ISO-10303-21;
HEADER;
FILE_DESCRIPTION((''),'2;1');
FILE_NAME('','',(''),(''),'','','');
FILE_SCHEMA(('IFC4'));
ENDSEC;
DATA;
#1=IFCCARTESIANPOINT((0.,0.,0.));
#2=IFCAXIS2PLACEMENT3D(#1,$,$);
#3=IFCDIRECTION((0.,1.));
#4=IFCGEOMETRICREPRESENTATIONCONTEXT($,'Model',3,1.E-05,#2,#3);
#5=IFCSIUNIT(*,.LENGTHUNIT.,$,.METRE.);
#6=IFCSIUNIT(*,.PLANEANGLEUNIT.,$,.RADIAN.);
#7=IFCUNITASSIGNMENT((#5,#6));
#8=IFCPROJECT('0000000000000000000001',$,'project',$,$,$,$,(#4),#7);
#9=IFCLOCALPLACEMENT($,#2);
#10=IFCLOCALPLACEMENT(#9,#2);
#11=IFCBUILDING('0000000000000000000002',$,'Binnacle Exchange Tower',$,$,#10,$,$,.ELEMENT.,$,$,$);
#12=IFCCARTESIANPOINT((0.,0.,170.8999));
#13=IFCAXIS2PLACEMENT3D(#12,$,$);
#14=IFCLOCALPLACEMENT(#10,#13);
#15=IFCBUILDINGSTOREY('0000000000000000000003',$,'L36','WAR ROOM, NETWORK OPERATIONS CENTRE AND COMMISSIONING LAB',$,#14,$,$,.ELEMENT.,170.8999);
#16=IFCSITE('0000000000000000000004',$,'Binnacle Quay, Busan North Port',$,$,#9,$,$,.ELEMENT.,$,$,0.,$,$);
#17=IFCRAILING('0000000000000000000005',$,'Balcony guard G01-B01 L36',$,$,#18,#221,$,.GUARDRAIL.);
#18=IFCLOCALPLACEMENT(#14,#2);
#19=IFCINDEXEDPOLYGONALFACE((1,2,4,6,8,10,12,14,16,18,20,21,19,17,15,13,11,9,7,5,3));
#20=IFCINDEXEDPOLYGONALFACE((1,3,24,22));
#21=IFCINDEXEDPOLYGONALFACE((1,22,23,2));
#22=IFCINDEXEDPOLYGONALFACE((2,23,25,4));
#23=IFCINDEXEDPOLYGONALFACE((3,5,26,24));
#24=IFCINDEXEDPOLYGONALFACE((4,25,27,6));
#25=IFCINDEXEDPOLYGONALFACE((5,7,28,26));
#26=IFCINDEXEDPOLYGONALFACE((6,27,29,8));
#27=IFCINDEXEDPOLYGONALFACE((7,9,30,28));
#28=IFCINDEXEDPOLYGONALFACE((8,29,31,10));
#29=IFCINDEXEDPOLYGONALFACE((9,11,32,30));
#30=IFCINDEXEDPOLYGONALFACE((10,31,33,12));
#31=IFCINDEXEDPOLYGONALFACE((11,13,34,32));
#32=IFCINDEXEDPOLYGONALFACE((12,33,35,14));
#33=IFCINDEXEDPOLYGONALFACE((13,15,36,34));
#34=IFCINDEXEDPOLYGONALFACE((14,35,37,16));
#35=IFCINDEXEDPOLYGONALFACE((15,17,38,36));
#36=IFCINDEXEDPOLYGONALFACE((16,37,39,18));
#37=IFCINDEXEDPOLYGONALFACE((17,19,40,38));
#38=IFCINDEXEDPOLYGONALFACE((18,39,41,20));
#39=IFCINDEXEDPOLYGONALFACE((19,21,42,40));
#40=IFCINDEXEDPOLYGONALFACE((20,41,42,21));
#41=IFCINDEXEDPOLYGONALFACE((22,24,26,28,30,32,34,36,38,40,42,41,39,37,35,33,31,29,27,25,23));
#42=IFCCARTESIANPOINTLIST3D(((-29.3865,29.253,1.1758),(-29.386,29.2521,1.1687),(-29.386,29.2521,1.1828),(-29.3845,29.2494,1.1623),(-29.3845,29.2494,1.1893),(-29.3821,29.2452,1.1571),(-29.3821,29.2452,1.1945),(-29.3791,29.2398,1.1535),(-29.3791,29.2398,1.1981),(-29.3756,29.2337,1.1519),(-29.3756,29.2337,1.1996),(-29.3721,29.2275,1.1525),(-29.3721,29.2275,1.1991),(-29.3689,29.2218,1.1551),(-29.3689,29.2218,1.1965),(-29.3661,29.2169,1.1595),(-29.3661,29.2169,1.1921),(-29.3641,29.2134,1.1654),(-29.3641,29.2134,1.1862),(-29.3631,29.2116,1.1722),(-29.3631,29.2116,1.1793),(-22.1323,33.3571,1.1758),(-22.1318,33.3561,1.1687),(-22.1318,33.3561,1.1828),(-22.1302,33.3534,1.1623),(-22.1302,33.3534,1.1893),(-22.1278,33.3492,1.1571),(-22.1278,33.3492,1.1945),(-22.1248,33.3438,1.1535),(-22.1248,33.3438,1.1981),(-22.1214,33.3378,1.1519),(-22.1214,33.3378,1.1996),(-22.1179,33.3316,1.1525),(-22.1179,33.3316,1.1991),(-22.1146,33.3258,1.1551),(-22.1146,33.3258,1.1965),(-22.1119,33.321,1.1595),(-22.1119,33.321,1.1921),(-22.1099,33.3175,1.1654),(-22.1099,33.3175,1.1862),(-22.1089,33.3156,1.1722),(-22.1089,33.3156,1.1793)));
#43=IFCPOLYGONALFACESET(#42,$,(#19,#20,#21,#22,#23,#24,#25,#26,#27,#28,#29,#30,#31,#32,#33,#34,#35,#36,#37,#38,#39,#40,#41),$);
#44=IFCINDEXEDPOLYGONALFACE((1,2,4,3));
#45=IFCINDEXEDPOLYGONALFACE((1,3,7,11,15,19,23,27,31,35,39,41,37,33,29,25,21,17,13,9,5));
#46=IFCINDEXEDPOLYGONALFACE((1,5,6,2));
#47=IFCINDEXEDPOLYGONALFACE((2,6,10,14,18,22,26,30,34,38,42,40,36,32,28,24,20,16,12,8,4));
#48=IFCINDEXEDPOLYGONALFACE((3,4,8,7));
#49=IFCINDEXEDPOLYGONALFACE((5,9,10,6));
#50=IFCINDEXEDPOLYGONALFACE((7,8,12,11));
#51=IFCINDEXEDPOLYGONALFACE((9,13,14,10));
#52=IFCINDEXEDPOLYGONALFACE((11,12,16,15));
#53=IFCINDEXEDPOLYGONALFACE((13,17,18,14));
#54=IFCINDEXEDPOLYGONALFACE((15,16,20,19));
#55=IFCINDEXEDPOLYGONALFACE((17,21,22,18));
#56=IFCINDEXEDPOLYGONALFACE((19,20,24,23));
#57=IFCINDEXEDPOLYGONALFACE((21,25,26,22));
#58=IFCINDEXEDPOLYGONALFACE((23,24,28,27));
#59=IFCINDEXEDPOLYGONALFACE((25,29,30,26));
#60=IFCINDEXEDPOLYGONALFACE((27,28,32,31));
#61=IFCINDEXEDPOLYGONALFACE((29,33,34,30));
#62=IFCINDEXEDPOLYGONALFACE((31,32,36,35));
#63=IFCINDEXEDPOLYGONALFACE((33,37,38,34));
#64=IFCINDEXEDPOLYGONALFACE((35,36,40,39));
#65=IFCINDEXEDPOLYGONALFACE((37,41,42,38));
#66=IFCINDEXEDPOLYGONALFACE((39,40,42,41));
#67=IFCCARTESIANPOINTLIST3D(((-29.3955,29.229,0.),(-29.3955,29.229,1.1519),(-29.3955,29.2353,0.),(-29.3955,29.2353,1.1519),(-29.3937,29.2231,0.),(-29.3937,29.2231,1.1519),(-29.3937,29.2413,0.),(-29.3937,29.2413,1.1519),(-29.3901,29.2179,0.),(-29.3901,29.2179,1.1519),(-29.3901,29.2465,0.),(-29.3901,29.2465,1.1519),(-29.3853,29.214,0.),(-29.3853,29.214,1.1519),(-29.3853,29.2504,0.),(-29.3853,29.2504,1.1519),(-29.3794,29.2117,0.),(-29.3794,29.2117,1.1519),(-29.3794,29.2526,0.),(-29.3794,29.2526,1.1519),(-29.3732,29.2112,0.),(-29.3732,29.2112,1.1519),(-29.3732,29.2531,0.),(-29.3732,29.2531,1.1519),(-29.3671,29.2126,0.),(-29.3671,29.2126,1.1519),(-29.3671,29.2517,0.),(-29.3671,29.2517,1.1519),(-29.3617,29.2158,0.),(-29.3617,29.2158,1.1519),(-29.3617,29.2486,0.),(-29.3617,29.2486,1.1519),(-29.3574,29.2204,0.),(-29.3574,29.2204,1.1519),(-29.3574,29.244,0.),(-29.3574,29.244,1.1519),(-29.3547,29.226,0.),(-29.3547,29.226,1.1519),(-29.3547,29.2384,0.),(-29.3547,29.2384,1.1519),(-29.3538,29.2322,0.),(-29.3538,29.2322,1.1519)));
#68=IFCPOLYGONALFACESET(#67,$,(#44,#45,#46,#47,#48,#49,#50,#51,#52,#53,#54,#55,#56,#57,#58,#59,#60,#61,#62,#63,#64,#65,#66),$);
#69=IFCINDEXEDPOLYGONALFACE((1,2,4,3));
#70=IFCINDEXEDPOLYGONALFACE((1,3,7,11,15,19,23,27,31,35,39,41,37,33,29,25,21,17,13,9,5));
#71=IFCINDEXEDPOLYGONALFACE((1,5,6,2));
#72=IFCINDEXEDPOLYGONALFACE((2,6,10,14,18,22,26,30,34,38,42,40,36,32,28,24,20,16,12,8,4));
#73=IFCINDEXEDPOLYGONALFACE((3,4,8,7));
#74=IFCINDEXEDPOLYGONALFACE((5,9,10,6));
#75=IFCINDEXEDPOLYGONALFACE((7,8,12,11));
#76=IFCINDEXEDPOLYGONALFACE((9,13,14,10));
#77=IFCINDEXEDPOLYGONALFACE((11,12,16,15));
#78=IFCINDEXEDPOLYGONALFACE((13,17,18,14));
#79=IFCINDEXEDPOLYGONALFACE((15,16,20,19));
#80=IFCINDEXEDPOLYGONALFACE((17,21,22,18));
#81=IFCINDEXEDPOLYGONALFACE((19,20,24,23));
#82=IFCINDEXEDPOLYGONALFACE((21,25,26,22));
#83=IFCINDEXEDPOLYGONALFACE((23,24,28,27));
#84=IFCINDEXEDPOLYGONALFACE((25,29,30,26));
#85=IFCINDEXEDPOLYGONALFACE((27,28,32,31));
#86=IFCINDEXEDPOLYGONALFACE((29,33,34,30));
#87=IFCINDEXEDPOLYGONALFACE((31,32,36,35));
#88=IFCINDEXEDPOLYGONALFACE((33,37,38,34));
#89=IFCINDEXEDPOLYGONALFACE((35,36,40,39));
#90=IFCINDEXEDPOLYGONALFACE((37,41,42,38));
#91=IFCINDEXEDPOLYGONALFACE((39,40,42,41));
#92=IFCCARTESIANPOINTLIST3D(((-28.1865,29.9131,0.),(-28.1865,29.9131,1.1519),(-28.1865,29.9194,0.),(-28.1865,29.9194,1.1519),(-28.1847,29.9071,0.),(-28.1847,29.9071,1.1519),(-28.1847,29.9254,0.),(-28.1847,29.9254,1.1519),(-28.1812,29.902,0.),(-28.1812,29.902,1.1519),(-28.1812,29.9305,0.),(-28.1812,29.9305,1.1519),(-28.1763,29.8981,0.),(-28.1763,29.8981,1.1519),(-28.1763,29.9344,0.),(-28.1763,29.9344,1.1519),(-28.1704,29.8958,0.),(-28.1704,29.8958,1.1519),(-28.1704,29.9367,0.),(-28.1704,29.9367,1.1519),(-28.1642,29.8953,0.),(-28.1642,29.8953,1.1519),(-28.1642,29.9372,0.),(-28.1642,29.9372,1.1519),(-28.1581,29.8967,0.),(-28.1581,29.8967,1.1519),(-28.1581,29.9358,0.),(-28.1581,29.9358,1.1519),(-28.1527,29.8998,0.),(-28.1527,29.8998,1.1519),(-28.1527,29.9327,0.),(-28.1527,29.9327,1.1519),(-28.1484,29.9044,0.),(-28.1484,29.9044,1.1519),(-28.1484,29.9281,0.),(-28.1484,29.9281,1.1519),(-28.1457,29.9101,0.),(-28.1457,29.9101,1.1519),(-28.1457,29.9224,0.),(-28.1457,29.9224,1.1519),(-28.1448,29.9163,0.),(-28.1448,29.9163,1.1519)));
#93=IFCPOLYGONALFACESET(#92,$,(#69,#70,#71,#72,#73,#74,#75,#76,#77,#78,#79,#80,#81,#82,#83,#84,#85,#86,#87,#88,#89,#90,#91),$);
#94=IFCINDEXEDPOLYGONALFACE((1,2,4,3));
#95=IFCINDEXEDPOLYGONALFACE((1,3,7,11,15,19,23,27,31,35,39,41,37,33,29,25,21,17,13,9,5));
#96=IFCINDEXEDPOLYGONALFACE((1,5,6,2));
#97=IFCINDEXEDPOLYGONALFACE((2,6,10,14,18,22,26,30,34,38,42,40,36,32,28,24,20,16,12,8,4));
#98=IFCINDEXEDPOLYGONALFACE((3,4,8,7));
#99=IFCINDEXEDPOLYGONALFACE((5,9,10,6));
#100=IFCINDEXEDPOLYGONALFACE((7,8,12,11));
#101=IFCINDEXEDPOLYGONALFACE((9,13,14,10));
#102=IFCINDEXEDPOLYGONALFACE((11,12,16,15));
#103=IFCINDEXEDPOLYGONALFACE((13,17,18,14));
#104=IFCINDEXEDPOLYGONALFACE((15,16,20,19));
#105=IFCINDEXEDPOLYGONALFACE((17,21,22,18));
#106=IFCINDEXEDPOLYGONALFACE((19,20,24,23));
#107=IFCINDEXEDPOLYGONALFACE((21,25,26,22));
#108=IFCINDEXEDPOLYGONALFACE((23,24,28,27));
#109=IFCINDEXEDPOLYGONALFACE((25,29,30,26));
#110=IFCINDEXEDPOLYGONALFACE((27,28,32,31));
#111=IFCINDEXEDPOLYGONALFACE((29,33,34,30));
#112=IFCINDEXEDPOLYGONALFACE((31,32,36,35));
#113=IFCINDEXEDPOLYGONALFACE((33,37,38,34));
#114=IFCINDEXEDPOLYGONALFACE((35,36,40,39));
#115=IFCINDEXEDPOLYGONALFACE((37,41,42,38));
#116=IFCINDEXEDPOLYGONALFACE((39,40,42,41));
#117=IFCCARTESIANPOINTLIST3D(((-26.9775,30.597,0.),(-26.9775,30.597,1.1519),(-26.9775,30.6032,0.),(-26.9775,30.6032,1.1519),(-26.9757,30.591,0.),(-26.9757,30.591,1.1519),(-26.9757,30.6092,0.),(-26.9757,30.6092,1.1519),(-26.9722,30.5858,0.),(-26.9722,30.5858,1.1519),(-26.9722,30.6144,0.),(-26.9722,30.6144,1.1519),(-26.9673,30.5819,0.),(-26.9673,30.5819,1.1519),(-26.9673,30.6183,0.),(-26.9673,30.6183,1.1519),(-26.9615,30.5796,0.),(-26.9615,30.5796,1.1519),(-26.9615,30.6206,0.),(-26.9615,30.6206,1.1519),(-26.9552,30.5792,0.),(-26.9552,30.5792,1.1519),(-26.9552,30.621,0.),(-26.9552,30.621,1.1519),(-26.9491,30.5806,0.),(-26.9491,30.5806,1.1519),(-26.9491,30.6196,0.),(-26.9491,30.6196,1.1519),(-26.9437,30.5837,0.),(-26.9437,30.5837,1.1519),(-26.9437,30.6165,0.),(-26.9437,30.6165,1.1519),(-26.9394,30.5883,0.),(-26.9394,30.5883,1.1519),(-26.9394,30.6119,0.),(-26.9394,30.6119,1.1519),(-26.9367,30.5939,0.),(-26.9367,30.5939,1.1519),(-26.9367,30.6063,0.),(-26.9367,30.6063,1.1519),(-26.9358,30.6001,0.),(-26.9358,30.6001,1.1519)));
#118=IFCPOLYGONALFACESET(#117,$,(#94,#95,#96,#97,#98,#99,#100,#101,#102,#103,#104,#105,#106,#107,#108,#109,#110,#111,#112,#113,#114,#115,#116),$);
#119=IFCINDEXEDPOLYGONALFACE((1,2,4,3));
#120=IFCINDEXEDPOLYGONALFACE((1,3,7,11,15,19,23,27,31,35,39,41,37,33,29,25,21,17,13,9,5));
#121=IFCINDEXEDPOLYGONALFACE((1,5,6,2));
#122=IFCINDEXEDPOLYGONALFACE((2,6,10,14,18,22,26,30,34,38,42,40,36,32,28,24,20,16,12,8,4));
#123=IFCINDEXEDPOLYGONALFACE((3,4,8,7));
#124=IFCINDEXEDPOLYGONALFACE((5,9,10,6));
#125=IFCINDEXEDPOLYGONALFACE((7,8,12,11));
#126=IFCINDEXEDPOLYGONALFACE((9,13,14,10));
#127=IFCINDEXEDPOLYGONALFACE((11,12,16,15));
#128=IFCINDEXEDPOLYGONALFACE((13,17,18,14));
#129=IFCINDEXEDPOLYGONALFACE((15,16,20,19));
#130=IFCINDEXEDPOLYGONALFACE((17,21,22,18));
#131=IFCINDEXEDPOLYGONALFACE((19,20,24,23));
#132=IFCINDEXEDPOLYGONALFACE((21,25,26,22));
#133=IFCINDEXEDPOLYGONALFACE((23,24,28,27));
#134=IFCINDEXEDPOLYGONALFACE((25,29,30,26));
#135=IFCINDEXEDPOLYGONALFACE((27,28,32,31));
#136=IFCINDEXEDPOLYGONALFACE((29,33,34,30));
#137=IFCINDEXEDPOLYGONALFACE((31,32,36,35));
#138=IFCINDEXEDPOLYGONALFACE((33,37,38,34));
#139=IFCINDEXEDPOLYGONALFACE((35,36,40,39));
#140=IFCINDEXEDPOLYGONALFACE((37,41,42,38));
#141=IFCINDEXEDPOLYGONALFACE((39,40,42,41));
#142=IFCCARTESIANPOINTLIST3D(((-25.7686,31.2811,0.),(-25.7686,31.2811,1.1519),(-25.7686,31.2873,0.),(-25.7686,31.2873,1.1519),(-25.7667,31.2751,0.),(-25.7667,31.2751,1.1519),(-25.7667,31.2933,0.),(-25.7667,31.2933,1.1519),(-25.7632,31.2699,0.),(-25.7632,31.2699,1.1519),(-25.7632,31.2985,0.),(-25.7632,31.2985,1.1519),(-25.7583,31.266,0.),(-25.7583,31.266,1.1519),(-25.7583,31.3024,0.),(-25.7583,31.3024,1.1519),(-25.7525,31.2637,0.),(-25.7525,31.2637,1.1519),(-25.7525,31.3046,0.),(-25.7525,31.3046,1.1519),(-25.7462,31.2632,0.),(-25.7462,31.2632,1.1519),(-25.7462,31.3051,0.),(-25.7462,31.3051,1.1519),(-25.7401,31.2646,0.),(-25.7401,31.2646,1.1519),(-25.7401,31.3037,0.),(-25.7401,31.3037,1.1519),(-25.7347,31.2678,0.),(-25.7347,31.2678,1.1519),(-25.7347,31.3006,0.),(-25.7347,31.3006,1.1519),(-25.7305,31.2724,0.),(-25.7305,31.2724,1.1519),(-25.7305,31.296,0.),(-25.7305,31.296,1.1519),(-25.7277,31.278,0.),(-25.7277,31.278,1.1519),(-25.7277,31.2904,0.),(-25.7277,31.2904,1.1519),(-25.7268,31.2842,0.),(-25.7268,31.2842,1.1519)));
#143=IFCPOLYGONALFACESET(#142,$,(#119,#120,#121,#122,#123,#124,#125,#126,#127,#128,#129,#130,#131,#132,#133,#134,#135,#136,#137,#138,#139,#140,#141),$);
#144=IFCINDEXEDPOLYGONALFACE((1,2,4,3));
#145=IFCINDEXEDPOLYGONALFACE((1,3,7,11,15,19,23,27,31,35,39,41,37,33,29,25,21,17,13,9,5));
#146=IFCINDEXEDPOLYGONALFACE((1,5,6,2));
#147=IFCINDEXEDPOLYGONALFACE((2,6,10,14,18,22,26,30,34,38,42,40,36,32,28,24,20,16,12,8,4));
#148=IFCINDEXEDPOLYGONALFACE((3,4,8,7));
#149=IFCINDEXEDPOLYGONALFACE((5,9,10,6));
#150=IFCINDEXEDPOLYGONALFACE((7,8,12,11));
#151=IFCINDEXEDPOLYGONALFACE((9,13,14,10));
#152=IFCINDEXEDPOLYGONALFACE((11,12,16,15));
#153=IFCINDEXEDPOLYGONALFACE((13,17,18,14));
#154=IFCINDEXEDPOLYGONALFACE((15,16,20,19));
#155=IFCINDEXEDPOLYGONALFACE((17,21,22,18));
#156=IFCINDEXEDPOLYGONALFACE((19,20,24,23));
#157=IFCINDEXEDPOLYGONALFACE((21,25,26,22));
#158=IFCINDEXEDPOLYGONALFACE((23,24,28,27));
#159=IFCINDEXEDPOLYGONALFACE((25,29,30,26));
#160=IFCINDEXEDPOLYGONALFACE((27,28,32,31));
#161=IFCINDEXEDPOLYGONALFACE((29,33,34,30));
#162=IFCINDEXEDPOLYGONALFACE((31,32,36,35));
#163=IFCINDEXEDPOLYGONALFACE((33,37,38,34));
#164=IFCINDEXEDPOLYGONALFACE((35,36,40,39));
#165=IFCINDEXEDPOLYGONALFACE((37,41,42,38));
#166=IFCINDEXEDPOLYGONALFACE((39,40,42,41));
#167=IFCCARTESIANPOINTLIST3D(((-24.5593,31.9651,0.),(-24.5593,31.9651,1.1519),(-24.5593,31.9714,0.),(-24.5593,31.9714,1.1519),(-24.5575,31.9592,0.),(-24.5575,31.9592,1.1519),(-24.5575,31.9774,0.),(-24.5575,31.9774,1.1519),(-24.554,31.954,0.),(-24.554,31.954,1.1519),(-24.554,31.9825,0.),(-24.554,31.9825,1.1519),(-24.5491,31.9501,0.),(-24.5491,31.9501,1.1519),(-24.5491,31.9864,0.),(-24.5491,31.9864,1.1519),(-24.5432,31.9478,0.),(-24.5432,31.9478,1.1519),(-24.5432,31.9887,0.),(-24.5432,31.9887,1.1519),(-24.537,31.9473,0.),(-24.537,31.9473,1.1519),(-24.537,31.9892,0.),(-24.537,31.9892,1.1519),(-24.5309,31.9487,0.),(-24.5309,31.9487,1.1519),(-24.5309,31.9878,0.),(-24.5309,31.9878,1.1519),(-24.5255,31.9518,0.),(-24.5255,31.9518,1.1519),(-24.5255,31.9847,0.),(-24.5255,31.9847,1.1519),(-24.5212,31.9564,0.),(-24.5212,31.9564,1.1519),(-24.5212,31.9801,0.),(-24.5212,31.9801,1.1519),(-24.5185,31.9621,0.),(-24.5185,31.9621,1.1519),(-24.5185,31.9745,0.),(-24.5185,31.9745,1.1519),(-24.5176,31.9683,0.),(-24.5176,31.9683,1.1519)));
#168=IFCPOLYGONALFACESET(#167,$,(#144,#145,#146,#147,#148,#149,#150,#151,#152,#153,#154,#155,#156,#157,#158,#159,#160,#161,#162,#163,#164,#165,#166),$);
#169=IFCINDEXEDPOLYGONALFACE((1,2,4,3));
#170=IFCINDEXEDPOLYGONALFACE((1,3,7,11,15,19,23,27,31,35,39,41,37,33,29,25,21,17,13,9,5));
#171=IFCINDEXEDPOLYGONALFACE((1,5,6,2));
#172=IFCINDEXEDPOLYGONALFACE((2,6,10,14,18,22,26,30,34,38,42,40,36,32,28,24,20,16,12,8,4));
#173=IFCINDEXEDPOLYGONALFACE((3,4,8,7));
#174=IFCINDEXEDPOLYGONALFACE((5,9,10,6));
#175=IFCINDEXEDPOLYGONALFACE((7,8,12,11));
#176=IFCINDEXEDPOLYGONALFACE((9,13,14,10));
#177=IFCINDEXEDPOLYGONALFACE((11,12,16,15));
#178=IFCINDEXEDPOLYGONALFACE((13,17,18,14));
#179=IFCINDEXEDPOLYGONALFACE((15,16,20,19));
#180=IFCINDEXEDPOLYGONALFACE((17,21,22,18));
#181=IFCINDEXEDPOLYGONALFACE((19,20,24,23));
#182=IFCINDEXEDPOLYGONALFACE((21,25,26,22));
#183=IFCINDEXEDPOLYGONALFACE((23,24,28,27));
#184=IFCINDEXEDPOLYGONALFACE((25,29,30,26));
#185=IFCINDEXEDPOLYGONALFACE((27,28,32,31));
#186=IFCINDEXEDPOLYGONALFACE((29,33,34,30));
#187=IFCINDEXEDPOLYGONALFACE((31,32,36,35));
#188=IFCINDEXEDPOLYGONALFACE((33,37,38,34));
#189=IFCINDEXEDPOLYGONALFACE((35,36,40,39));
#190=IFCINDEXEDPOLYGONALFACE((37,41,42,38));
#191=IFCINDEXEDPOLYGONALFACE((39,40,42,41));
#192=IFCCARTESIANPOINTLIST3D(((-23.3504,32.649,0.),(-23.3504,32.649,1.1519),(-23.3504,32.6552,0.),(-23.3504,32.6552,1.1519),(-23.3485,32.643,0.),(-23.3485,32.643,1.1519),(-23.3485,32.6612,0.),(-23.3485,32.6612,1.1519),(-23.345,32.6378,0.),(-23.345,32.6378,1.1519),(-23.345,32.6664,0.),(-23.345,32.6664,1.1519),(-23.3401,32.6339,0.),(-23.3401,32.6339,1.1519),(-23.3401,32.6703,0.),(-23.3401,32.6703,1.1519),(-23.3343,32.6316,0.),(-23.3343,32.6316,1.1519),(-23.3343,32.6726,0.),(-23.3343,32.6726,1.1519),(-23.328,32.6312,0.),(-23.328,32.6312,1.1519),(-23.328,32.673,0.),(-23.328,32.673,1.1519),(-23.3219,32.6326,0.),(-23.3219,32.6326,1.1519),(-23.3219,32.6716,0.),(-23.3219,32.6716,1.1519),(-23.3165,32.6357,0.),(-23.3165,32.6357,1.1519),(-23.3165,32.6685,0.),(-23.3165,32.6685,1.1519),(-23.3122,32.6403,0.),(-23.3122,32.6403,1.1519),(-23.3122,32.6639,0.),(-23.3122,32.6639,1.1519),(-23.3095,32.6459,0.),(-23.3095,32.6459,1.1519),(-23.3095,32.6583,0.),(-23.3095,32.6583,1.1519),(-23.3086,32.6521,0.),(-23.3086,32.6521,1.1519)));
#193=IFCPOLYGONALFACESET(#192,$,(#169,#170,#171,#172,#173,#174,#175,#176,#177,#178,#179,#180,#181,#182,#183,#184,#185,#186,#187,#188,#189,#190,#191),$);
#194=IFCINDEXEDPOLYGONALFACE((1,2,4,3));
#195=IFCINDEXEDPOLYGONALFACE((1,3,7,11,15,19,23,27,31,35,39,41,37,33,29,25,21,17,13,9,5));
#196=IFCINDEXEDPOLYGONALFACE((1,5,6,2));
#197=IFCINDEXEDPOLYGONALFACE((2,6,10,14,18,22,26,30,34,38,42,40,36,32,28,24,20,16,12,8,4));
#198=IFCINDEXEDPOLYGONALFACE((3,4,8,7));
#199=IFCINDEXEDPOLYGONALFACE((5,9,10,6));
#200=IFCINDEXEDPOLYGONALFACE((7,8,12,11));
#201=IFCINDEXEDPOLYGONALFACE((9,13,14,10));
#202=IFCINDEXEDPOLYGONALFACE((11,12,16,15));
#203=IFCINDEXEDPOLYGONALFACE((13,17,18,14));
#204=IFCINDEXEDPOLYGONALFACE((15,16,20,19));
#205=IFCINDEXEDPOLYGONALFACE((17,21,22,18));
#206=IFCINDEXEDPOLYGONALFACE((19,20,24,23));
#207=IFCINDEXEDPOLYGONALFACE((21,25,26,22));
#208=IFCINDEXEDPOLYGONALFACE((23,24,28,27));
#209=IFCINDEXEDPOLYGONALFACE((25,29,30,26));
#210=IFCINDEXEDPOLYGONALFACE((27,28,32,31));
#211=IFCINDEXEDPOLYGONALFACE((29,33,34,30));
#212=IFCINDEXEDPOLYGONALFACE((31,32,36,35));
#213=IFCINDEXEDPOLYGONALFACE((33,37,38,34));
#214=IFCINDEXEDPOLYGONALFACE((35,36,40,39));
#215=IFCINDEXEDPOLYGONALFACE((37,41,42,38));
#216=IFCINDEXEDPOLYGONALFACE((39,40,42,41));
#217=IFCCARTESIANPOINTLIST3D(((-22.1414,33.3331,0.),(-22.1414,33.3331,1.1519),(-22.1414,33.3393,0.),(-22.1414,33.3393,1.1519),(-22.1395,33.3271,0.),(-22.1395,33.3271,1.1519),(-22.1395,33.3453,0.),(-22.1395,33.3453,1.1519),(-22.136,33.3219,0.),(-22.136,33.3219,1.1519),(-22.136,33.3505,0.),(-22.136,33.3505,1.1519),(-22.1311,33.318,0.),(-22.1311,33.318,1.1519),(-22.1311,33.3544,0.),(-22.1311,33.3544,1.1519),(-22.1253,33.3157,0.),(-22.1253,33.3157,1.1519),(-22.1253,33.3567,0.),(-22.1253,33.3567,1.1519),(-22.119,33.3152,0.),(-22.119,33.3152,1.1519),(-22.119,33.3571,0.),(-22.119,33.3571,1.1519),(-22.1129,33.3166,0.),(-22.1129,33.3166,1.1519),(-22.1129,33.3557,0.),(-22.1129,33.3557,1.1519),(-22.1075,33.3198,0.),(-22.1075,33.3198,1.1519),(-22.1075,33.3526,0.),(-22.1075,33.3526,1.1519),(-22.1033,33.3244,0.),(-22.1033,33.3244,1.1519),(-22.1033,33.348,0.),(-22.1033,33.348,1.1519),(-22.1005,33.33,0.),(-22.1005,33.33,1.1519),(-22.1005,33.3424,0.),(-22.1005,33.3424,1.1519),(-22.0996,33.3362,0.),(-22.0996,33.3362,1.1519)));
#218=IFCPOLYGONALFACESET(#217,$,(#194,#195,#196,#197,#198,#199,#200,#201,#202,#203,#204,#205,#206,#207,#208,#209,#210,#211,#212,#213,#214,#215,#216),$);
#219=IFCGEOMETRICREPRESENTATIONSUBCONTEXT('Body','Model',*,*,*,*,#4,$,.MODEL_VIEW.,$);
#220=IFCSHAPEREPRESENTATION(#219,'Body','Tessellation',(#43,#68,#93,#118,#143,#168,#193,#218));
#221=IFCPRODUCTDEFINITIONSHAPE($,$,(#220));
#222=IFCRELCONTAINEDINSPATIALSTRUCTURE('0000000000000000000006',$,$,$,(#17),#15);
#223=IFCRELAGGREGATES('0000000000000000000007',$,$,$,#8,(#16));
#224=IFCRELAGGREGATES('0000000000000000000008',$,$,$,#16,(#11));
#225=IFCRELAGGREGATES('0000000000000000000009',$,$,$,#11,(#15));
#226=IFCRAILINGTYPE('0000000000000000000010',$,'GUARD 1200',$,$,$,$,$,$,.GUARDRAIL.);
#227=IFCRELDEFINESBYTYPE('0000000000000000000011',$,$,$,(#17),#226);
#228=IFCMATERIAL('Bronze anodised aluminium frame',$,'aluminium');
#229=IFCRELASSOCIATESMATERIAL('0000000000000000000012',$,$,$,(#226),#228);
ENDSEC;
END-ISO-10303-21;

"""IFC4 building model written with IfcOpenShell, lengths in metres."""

from ifc_helpers import new_model, si_unit, direction, frame, origin, origin_2d, place, context, subcontext, project, spatial, circle, extrude, material, type_object, element, save


model = new_model("IFC4")

# Units and contexts
model_context = context("Model", 3, precision=1e-05, world=origin(), true_north=direction((0.0, 1.0)))
body_context = subcontext(model_context, "Body", "Model", "MODEL_VIEW")
ifc_project = project(units=[si_unit("LENGTHUNIT", "METRE"), si_unit("PLANEANGLEUNIT", "RADIAN")], contexts=[model_context])

# Site, building, storey
site_placement = place(None, origin())
site = spatial("IfcSite", under=ifc_project, at=site_placement, Name="Binnacle Quay, Busan North Port", CompositionType="ELEMENT", RefElevation=0.0)
building_placement = place(site_placement, origin())
building = spatial("IfcBuilding", under=site, at=building_placement, Name="Binnacle Exchange Tower", CompositionType="ELEMENT")
storey_placement = place(building_placement, frame((0.0, 0.0, 170.8999)))
storey = spatial("IfcBuildingStorey", under=building, at=storey_placement, Name="L36", Description="WAR ROOM, NETWORK OPERATIONS CENTRE AND COMMISSIONING LAB", CompositionType="ELEMENT", Elevation=170.8999)

# Railing
ifc_material_1 = material(Name="Bronze anodised aluminium frame", Category="aluminium")
railing_type_1 = type_object("IfcRailingType", Name="GUARD 1200", PredefinedType="GUARDRAIL", material=ifc_material_1)
railing_1_placement = place(storey_placement, frame((-29.3748, 29.2322, 0.0)))
element("IfcRailing", 1, at=railing_1_placement, inside=storey, type_object=railing_type_1, Name="Balcony guard G01-B01 L36", PredefinedType="GUARDRAIL", context=body_context, shape_type="SweptSolid", body=[
    extrude(circle(Radius=0.0239, at=origin_2d()), frame((0.0, 0.0, 1.1758), z_axis=(0.870366, 0.492406, 0.0), x_axis=(-0.492406, 0.870366, 0.0)), (0.0, 0.0, 1.0), 8.3347),
    extrude(circle(Radius=0.021, at=origin_2d()), origin(), (0.0, 0.0, 1.0), 1.1519),
    extrude(circle(Radius=0.021, at=origin_2d()), frame((1.209, 0.6841, 0.0)), (0.0, 0.0, 1.0), 1.1519),
    extrude(circle(Radius=0.021, at=origin_2d()), frame((2.418, 1.3679, 0.0)), (0.0, 0.0, 1.0), 1.1519),
    extrude(circle(Radius=0.021, at=origin_2d()), frame((3.627, 2.052, 0.0)), (0.0, 0.0, 1.0), 1.1519),
    extrude(circle(Radius=0.021, at=origin_2d()), frame((4.8362, 2.7361, 0.0)), (0.0, 0.0, 1.0), 1.1519),
    extrude(circle(Radius=0.021, at=origin_2d()), frame((6.0452, 3.4199, 0.0)), (0.0, 0.0, 1.0), 1.1519),
    extrude(circle(Radius=0.021, at=origin_2d()), frame((7.2542, 4.104, 0.0)), (0.0, 0.0, 1.0), 1.1519),
])

save(model, "model.ifc")
